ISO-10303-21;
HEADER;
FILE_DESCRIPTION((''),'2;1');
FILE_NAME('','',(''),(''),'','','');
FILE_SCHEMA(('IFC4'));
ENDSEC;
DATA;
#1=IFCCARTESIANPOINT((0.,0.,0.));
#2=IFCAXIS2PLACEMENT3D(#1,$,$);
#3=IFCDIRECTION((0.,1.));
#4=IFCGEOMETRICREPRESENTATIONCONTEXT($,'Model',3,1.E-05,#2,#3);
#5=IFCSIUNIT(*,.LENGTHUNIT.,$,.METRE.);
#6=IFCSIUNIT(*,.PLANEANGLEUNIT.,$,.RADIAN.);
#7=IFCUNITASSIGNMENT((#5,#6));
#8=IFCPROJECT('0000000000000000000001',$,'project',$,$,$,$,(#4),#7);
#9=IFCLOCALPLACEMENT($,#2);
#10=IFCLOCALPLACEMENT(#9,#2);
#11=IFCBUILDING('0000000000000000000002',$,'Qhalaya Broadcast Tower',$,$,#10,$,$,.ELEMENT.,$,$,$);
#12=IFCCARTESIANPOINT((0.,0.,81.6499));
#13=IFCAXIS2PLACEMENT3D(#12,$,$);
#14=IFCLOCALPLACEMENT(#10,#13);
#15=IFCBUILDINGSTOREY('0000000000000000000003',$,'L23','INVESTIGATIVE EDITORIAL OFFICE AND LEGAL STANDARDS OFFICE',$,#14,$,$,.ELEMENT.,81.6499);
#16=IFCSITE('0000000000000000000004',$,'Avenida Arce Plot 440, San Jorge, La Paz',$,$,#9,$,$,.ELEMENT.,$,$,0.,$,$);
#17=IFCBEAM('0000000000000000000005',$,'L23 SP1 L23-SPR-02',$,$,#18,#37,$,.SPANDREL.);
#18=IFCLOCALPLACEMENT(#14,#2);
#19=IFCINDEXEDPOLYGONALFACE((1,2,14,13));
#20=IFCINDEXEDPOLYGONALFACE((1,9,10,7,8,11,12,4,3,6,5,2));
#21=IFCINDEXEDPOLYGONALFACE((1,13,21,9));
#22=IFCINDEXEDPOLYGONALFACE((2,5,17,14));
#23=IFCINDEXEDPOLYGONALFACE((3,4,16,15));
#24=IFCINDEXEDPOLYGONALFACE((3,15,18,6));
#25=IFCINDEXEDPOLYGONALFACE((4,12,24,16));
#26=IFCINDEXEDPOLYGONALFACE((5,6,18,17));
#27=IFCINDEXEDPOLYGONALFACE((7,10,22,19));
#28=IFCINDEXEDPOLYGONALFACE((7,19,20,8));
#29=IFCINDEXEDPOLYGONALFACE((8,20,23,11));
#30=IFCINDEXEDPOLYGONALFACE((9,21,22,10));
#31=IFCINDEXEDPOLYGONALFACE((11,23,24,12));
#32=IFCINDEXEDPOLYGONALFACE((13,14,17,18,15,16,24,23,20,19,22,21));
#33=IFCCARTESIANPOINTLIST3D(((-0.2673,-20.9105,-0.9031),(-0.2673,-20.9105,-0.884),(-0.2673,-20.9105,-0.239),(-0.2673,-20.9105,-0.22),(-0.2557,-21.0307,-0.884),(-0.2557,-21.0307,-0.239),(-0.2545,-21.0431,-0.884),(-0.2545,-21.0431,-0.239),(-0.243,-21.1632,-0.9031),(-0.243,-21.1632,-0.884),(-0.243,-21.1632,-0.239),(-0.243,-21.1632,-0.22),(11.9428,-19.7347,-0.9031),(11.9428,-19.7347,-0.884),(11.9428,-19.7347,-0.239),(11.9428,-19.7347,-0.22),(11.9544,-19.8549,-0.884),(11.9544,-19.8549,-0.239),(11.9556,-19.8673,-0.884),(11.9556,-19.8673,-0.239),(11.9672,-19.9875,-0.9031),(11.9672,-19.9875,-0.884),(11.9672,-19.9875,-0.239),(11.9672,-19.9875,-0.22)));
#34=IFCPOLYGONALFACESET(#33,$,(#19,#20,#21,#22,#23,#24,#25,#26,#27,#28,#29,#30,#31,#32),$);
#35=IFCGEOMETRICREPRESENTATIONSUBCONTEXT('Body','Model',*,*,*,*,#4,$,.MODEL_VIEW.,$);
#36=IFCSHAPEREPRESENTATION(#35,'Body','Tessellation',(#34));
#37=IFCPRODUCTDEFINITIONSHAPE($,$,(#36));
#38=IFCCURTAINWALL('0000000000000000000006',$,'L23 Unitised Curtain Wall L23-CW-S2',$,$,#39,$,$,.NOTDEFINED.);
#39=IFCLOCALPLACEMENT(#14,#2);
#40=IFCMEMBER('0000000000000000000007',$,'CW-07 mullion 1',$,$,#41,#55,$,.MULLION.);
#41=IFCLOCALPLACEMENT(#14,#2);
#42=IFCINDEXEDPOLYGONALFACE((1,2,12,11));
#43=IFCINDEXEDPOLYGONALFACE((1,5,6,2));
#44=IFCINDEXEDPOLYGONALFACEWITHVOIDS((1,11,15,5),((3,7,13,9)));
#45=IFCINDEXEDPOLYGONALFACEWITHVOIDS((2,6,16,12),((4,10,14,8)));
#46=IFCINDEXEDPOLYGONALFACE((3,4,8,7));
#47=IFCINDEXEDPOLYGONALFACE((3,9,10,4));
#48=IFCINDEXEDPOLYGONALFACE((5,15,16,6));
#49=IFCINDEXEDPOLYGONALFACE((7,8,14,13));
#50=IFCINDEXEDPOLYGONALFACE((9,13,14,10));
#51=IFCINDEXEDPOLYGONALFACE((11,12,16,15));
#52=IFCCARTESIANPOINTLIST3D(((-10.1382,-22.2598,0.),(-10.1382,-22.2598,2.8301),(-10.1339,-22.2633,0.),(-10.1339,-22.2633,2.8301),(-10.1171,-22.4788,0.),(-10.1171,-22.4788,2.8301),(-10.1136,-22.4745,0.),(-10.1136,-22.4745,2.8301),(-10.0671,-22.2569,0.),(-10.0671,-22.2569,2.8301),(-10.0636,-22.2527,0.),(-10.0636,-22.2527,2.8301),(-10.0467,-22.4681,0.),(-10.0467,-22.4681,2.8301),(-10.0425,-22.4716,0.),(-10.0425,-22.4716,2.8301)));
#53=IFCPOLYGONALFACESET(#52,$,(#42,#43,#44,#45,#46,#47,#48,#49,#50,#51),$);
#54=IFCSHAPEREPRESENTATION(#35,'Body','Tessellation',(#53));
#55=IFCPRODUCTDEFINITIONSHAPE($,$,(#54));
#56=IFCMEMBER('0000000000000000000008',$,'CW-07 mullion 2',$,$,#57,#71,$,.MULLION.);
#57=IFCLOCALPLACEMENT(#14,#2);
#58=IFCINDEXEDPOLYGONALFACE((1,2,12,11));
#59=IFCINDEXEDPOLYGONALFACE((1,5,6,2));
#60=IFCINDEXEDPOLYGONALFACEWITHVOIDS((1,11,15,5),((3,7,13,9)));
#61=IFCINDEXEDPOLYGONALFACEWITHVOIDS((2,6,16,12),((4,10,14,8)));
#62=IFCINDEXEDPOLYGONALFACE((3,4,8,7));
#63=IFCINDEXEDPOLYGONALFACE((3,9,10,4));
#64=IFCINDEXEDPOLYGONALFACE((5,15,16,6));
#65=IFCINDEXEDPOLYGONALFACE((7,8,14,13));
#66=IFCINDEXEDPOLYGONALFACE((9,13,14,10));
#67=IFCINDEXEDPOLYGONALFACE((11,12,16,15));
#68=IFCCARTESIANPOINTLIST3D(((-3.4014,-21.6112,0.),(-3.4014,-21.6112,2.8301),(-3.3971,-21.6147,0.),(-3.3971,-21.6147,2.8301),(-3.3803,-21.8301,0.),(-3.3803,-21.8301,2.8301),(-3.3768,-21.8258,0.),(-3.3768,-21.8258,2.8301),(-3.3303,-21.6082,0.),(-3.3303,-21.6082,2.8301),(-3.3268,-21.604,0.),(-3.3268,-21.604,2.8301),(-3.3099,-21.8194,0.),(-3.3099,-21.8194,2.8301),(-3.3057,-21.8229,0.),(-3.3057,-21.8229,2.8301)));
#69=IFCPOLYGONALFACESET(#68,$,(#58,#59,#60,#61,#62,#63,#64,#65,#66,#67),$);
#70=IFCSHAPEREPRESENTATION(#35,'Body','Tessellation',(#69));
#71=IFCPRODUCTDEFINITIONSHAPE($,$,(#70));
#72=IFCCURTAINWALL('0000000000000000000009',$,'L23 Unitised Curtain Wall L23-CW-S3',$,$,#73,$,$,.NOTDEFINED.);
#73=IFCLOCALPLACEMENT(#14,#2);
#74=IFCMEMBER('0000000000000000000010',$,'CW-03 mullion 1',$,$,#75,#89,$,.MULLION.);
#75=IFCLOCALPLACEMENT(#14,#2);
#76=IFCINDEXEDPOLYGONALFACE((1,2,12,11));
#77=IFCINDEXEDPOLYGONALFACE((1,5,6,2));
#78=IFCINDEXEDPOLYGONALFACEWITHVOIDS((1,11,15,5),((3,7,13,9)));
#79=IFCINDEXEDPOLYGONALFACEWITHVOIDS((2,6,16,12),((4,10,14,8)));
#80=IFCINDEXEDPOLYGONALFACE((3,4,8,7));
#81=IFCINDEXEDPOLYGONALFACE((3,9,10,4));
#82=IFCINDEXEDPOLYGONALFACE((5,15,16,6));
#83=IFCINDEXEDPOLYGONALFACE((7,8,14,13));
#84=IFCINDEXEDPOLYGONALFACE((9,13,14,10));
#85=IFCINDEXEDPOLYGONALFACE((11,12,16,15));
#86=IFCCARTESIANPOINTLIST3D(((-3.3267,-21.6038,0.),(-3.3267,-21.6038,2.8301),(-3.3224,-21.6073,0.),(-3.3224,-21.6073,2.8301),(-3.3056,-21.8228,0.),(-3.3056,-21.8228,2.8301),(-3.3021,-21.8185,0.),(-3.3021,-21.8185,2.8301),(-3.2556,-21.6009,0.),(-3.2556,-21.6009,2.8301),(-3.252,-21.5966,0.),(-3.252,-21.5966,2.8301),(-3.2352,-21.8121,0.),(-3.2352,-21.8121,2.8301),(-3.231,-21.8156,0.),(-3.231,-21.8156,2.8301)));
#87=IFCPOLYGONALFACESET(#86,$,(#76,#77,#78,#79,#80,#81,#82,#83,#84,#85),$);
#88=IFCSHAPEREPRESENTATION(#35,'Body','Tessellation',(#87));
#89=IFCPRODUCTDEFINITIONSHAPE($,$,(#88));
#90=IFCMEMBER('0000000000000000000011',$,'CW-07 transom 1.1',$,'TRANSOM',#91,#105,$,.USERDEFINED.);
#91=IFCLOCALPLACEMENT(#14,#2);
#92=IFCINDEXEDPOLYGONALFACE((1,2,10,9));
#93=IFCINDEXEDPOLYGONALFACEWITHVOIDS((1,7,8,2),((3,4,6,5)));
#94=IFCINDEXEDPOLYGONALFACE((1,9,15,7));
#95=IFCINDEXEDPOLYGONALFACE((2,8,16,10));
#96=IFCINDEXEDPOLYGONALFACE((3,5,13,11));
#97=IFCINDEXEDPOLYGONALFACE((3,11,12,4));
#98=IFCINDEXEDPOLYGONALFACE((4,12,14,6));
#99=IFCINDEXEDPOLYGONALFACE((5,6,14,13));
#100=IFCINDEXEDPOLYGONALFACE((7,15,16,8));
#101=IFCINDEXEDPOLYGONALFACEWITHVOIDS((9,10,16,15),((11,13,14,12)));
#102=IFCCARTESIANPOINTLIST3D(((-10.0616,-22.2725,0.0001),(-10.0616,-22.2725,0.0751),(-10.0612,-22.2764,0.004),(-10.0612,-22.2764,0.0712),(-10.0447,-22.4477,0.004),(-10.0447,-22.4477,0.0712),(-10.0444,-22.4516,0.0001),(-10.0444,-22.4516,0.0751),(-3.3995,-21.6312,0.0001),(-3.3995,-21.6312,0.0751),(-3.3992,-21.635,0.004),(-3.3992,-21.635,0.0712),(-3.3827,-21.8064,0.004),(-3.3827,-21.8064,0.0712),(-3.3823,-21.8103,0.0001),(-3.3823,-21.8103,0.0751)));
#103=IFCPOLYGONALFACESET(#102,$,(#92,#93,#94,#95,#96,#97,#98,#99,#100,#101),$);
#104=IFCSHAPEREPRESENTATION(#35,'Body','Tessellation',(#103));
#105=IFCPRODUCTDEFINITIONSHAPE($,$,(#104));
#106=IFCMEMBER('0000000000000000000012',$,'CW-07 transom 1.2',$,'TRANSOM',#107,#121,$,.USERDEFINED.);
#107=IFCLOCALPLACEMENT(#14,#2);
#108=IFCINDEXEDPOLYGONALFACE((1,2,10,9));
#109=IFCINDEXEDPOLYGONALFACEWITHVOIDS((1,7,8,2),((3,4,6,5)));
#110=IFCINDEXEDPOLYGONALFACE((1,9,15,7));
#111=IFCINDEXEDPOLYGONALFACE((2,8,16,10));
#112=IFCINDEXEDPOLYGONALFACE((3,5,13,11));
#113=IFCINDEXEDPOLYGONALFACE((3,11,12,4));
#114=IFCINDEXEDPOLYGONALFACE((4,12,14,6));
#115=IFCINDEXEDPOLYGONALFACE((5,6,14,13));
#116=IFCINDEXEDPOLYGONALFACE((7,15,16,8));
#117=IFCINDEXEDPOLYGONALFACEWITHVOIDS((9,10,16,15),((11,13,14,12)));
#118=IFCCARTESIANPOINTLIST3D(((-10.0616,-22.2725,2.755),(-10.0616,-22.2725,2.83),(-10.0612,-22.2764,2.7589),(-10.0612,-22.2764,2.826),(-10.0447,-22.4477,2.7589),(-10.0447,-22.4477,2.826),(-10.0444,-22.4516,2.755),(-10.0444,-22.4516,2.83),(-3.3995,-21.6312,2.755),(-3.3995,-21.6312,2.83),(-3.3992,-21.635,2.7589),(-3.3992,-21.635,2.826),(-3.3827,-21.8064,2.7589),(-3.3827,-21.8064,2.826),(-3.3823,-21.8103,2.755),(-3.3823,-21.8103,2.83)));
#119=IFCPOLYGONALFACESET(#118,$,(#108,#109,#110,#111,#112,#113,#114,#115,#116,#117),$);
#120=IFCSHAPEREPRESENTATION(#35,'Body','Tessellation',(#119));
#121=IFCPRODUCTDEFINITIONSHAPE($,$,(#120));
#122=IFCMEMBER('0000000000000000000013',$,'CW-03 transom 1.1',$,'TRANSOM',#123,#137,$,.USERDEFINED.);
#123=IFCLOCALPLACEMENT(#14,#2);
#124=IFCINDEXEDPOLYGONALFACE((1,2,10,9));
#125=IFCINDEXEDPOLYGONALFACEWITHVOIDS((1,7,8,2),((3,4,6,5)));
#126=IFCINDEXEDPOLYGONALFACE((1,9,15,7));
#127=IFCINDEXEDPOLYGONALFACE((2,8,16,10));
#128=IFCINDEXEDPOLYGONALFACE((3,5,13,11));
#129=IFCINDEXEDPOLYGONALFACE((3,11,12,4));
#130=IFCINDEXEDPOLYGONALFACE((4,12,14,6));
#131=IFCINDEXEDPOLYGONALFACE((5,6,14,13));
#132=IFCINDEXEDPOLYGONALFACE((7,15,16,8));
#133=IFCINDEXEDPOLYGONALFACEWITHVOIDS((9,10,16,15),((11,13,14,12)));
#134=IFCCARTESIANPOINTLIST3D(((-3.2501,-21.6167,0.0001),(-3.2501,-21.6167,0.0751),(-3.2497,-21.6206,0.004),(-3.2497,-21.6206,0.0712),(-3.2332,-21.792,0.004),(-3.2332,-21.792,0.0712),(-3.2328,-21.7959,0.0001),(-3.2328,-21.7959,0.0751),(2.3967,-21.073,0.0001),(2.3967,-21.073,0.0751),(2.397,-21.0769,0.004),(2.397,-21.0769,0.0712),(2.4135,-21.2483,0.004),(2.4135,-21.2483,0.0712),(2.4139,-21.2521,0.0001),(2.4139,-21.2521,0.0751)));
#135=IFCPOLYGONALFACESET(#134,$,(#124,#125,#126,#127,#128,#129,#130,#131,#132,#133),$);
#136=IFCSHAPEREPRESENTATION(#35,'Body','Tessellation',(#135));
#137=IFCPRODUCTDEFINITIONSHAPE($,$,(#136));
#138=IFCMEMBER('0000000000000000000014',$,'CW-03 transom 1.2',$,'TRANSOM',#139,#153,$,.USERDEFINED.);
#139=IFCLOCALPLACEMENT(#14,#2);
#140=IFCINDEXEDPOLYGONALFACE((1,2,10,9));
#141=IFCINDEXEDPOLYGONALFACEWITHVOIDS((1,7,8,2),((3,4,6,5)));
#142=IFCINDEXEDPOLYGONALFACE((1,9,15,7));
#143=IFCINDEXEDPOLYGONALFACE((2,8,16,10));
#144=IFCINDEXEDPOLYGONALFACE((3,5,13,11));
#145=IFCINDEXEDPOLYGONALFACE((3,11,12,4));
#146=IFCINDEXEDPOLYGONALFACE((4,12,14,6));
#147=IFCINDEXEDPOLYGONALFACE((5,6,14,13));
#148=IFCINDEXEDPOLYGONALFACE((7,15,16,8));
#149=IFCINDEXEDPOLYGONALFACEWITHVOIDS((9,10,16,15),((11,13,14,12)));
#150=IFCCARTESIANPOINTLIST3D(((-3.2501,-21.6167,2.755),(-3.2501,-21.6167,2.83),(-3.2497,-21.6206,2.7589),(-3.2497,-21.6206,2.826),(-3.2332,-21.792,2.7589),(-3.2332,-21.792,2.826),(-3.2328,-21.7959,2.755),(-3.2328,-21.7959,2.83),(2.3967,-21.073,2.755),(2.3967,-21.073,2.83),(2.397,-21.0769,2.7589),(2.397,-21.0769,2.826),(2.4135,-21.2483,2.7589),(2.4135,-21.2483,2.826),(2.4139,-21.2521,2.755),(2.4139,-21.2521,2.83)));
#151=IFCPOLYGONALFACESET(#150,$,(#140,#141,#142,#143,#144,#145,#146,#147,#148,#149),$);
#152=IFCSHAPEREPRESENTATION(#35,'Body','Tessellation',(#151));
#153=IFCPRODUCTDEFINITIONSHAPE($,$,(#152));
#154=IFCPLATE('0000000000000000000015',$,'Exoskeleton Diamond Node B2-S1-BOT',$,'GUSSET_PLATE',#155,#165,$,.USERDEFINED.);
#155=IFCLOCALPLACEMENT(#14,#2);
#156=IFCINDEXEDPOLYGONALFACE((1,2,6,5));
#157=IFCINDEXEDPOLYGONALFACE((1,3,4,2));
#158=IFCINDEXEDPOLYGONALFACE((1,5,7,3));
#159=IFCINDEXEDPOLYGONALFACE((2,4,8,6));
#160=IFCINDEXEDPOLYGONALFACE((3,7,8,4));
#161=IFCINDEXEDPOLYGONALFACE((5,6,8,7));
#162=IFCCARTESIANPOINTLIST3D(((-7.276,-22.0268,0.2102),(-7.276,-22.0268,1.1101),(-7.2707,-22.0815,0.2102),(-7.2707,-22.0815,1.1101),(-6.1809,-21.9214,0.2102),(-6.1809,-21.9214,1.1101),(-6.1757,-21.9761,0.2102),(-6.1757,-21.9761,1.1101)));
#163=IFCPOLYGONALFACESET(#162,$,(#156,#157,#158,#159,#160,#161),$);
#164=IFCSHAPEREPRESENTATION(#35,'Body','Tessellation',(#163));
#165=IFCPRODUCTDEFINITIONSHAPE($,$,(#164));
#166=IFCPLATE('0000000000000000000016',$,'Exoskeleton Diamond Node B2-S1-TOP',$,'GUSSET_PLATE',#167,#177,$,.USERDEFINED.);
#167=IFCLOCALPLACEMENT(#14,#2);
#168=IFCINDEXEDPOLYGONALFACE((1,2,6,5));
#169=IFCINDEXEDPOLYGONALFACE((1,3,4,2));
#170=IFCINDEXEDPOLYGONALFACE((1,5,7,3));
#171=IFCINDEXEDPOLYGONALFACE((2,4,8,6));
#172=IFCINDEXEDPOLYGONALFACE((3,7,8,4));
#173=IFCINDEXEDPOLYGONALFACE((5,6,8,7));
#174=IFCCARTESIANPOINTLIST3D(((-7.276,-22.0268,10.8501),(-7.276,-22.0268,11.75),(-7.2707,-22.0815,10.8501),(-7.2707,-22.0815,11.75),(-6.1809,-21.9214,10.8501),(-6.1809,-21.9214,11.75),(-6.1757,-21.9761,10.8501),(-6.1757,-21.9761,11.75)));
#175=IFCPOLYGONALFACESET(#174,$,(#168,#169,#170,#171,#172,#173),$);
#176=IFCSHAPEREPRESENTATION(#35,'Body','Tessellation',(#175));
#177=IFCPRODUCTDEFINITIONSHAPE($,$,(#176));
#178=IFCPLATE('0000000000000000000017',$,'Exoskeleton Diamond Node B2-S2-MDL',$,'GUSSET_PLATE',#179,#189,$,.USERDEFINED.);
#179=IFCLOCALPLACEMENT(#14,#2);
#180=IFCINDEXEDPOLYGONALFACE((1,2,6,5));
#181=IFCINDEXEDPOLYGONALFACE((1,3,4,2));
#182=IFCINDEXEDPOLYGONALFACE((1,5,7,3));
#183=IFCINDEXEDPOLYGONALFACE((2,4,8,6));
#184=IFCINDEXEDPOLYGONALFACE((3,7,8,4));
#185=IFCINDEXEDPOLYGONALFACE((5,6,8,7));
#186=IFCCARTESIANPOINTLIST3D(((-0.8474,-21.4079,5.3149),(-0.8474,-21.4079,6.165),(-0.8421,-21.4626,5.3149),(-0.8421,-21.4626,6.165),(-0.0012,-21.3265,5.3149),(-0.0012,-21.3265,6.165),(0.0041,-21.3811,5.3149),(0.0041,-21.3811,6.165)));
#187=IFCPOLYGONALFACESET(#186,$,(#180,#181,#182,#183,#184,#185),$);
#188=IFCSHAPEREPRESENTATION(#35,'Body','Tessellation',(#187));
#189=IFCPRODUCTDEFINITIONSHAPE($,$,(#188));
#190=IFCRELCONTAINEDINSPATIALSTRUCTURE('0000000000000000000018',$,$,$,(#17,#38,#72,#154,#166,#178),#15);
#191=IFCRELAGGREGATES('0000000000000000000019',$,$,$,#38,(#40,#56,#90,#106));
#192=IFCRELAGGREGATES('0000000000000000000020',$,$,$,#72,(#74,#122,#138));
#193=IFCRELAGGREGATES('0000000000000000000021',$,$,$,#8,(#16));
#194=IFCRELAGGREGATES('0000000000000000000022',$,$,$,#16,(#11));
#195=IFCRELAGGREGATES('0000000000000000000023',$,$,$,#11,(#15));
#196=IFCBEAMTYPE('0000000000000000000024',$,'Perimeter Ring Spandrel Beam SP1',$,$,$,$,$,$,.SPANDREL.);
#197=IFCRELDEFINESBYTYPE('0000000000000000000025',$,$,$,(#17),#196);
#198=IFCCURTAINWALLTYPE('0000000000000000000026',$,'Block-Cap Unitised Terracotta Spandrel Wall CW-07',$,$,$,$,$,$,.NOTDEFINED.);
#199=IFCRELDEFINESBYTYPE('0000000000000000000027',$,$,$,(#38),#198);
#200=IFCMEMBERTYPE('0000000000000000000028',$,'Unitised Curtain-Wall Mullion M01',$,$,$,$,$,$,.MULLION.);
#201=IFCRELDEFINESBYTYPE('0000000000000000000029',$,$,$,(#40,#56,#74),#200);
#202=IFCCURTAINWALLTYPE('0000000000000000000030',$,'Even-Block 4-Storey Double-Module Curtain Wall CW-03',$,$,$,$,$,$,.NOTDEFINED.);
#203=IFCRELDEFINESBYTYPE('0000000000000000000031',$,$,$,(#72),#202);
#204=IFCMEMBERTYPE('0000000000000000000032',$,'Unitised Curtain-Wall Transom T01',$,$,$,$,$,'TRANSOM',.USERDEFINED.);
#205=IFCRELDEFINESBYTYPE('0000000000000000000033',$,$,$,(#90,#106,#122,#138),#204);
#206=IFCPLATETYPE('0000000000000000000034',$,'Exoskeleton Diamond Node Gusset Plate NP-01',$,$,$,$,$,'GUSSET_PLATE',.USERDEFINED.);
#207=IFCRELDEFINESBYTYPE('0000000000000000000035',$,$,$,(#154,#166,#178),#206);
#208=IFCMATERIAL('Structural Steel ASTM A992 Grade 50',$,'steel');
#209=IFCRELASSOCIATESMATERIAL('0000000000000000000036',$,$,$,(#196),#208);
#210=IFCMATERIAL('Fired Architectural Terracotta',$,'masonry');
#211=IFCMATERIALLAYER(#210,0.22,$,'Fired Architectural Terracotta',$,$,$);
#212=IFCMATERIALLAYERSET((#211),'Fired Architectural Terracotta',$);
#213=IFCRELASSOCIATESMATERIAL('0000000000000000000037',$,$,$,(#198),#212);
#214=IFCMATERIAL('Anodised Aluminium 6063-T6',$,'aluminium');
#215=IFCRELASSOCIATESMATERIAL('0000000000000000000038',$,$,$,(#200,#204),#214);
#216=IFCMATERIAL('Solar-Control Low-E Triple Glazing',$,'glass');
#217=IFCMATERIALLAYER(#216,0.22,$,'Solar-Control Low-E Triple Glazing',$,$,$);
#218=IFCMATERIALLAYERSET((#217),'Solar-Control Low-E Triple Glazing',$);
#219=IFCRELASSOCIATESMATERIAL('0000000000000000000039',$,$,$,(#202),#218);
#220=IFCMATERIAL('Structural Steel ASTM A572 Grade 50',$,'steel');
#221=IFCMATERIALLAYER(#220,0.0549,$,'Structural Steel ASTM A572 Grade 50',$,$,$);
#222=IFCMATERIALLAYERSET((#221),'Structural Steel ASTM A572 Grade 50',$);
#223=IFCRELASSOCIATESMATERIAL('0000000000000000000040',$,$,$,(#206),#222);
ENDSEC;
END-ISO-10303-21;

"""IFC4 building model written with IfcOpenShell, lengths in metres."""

from ifc_helpers import new_model, si_unit, direction, frame, origin, origin_2d, place, context, subcontext, project, spatial, rectangle, hollow_rectangle, i_section, extrude, material, layer, layer_set, material_profile, profile_set, type_object, element, aggregate, save


model = new_model("IFC4")

# Units and contexts
model_context = context("Model", 3, precision=1e-05, world=origin(), true_north=direction((0.0, 1.0)))
body_context = subcontext(model_context, "Body", "Model", "MODEL_VIEW")
ifc_project = project(units=[si_unit("LENGTHUNIT", "METRE"), si_unit("PLANEANGLEUNIT", "RADIAN")], contexts=[model_context])

# Site, building, storey
site_placement = place(None, origin())
site = spatial("IfcSite", under=ifc_project, at=site_placement, Name="Avenida Arce Plot 440, San Jorge, La Paz", CompositionType="ELEMENT", RefElevation=0.0)
building_placement = place(site_placement, origin())
building = spatial("IfcBuilding", under=site, at=building_placement, Name="Qhalaya Broadcast Tower", CompositionType="ELEMENT")
storey_placement = place(building_placement, frame((0.0, 0.0, 81.6499)))
storey = spatial("IfcBuildingStorey", under=building, at=storey_placement, Name="L23", Description="INVESTIGATIVE EDITORIAL OFFICE AND LEGAL STANDARDS OFFICE", CompositionType="ELEMENT", Elevation=81.6499)

# Shared definitions
ifc_material_1 = material(Name="Structural Steel ASTM A572 Grade 50", Category="steel")

# Shared definitions
ifc_material_2 = material(Name="Structural Steel ASTM A992 Grade 50", Category="steel")

# Beam
ifc_material_profile_1 = material_profile(ifc_material_2, i_section(OverallWidth=0.2539, OverallDepth=0.6831, WebThickness=0.0125, FlangeThickness=0.019, at=origin_2d()), Name="W27X94")
ifc_profile_set_1 = profile_set([ifc_material_profile_1], Name="Structural Steel ASTM A992 Grade 50")
beam_type_1 = type_object("IfcBeamType", Name="Perimeter Ring Spandrel Beam SP1", PredefinedType="SPANDREL", material=ifc_profile_set_1)
beam_1_placement = place(storey_placement, frame((-0.2551, -21.0369, -0.5615), z_axis=(0.995396, 0.095852, 0.0), x_axis=(-0.095852, 0.995396, 0.0)))
element("IfcBeam", 1, at=beam_1_placement, inside=storey, type_object=beam_type_1, Name="L23 SP1 L23-SPR-02", PredefinedType="SPANDREL", context=body_context, shape_type="SweptSolid", body=[
    extrude(i_section(OverallWidth=0.2539, OverallDepth=0.6831, WebThickness=0.0125, FlangeThickness=0.019, at=origin_2d()), origin(), (0.0, 0.0, 1.0), 12.2666),
])

# Curtain wall, members
ifc_material_3 = material(Name="Fired Architectural Terracotta", Category="masonry")
ifc_layer_1 = layer(ifc_material_3, 0.22, Name="Fired Architectural Terracotta")
ifc_layer_set_1 = layer_set([ifc_layer_1], Name="Fired Architectural Terracotta")
curtain_wall_type_1 = type_object("IfcCurtainWallType", Name="Block-Cap Unitised Terracotta Spandrel Wall CW-07", PredefinedType="NOTDEFINED", material=ifc_layer_set_1)
curtain_wall_1_placement = place(storey_placement, origin())
curtain_wall_1 = element("IfcCurtainWall", 2, at=curtain_wall_1_placement, inside=storey, type_object=curtain_wall_type_1, Name="L23 Unitised Curtain Wall L23-CW-S2", PredefinedType="NOTDEFINED")
ifc_material_4 = material(Name="Anodised Aluminium 6063-T6", Category="aluminium")
ifc_material_profile_2 = material_profile(ifc_material_4, hollow_rectangle(XDim=0.075, YDim=0.22, WallThickness=0.0039, at=origin_2d()), Name="ALU-MUL 75x220x4")
ifc_profile_set_2 = profile_set([ifc_material_profile_2], Name="Anodised Aluminium 6063-T6")
member_type_1 = type_object("IfcMemberType", Name="Unitised Curtain-Wall Mullion M01", PredefinedType="MULLION", material=ifc_profile_set_2)
member_1_placement = place(storey_placement, frame((-10.0903, -22.3657, 0.0), z_axis=(0.0, 0.0, 1.0), x_axis=(0.995396, 0.09585, 0.0)))
member_1 = element("IfcMember", 3, at=member_1_placement, type_object=member_type_1, Name="CW-07 mullion 1", PredefinedType="MULLION", context=body_context, shape_type="SweptSolid", body=[
    extrude(hollow_rectangle(XDim=0.075, YDim=0.22, WallThickness=0.0039, at=origin_2d()), origin(), (0.0, 0.0, 1.0), 2.8301),
])
member_2_placement = place(storey_placement, frame((-3.3535, -21.717, 0.0), z_axis=(0.0, 0.0, 1.0), x_axis=(0.995396, 0.09585, 0.0)))
member_2 = element("IfcMember", 4, at=member_2_placement, type_object=member_type_1, Name="CW-07 mullion 2", PredefinedType="MULLION", context=body_context, shape_type="SweptSolid", body=[
    extrude(hollow_rectangle(XDim=0.075, YDim=0.22, WallThickness=0.0039, at=origin_2d()), origin(), (0.0, 0.0, 1.0), 2.8301),
])

# Curtain wall, member
ifc_material_5 = material(Name="Solar-Control Low-E Triple Glazing", Category="glass")
ifc_layer_2 = layer(ifc_material_5, 0.22, Name="Solar-Control Low-E Triple Glazing")
ifc_layer_set_2 = layer_set([ifc_layer_2], Name="Solar-Control Low-E Triple Glazing")
curtain_wall_type_2 = type_object("IfcCurtainWallType", Name="Even-Block 4-Storey Double-Module Curtain Wall CW-03", PredefinedType="NOTDEFINED", material=ifc_layer_set_2)
curtain_wall_2_placement = place(storey_placement, origin())
curtain_wall_2 = element("IfcCurtainWall", 5, at=curtain_wall_2_placement, inside=storey, type_object=curtain_wall_type_2, Name="L23 Unitised Curtain Wall L23-CW-S3", PredefinedType="NOTDEFINED")
member_3_placement = place(storey_placement, frame((-3.2788, -21.7097, 0.0), z_axis=(0.0, 0.0, 1.0), x_axis=(0.995396, 0.095844, 0.0)))
member_3 = element("IfcMember", 6, at=member_3_placement, type_object=member_type_1, Name="CW-03 mullion 1", PredefinedType="MULLION", context=body_context, shape_type="SweptSolid", body=[
    extrude(hollow_rectangle(XDim=0.075, YDim=0.22, WallThickness=0.0039, at=origin_2d()), origin(), (0.0, 0.0, 1.0), 2.8301),
])

# Members
ifc_material_profile_3 = material_profile(ifc_material_4, hollow_rectangle(XDim=0.075, YDim=0.1799, WallThickness=0.0039, at=origin_2d()), Name="ALU-TRN 75x180x4")
ifc_profile_set_3 = profile_set([ifc_material_profile_3], Name="Anodised Aluminium 6063-T6")
member_type_2 = type_object("IfcMemberType", Name="Unitised Curtain-Wall Transom T01", ElementType="TRANSOM", PredefinedType="USERDEFINED", material=ifc_profile_set_3)
member_4_placement = place(storey_placement, frame((-10.053, -22.3621, 0.0376), z_axis=(0.995398, 0.095826, 0.0), x_axis=(0.0, 0.0, 1.0)))
member_4 = element("IfcMember", 7, at=member_4_placement, type_object=member_type_2, Name="CW-07 transom 1.1", ObjectType="TRANSOM", PredefinedType="USERDEFINED", context=body_context, shape_type="SweptSolid", body=[
    extrude(hollow_rectangle(XDim=0.075, YDim=0.1799, WallThickness=0.0039, at=origin_2d()), origin(), (0.0, 0.0, 1.0), 6.6929),
])
member_5_placement = place(storey_placement, frame((-10.053, -22.3621, 2.7925), z_axis=(0.995398, 0.095826, 0.0), x_axis=(0.0, 0.0, 1.0)))
member_5 = element("IfcMember", 8, at=member_5_placement, type_object=member_type_2, Name="CW-07 transom 1.2", ObjectType="TRANSOM", PredefinedType="USERDEFINED", context=body_context, shape_type="SweptSolid", body=[
    extrude(hollow_rectangle(XDim=0.075, YDim=0.1799, WallThickness=0.0039, at=origin_2d()), origin(), (0.0, 0.0, 1.0), 6.6929),
])
member_6_placement = place(storey_placement, frame((-3.2415, -21.7063, 0.0376), z_axis=(0.995396, 0.095843, 0.0), x_axis=(0.0, 0.0, 1.0)))
member_6 = element("IfcMember", 9, at=member_6_placement, type_object=member_type_2, Name="CW-03 transom 1.1", ObjectType="TRANSOM", PredefinedType="USERDEFINED", context=body_context, shape_type="SweptSolid", body=[
    extrude(hollow_rectangle(XDim=0.075, YDim=0.1799, WallThickness=0.0039, at=origin_2d()), origin(), (0.0, 0.0, 1.0), 5.6729),
])
member_7_placement = place(storey_placement, frame((-3.2415, -21.7063, 2.7925), z_axis=(0.995396, 0.095843, 0.0), x_axis=(0.0, 0.0, 1.0)))
member_7 = element("IfcMember", 10, at=member_7_placement, type_object=member_type_2, Name="CW-03 transom 1.2", ObjectType="TRANSOM", PredefinedType="USERDEFINED", context=body_context, shape_type="SweptSolid", body=[
    extrude(hollow_rectangle(XDim=0.075, YDim=0.1799, WallThickness=0.0039, at=origin_2d()), origin(), (0.0, 0.0, 1.0), 5.6729),
])

# Plates
ifc_layer_3 = layer(ifc_material_1, 0.0549, Name="Structural Steel ASTM A572 Grade 50")
ifc_layer_set_3 = layer_set([ifc_layer_3], Name="Structural Steel ASTM A572 Grade 50")
plate_type_1 = type_object("IfcPlateType", Name="Exoskeleton Diamond Node Gusset Plate NP-01", ElementType="GUSSET_PLATE", PredefinedType="USERDEFINED", material=ifc_layer_set_3)
for number, where, z_axis, x_axis, name in (
    (11, (-6.7258, -22.0015, 0.2102), (0.0, 0.0, 1.0), (0.995396, 0.095846, 0.0), "Exoskeleton Diamond Node B2-S1-BOT"),
    (12, (-6.7258, -22.0015, 10.8501), (0.0, 0.0, 1.0), (0.995396, 0.095846, 0.0), "Exoskeleton Diamond Node B2-S1-TOP"),
):
    element("IfcPlate", number, at=place(storey_placement, frame(where, z_axis=z_axis, x_axis=x_axis)), inside=storey, type_object=plate_type_1, Name=name, ObjectType="GUSSET_PLATE", PredefinedType="USERDEFINED", context=body_context, shape_type="SweptSolid", body=[
        extrude(rectangle(XDim=1.1001, YDim=0.0549, at=origin_2d()), origin(), (0.0, 0.0, 1.0), 0.8999),
    ])
plate_1_placement = place(storey_placement, frame((-0.4216, -21.3945, 5.3149), z_axis=(0.0, 0.0, 1.0), x_axis=(0.995396, 0.095846, 0.0)))
element("IfcPlate", 13, at=plate_1_placement, inside=storey, type_object=plate_type_1, Name="Exoskeleton Diamond Node B2-S2-MDL", ObjectType="GUSSET_PLATE", PredefinedType="USERDEFINED", context=body_context, shape_type="SweptSolid", body=[
    extrude(rectangle(XDim=0.8501, YDim=0.0549, at=origin_2d()), origin(), (0.0, 0.0, 1.0), 0.8501),
])

aggregate(curtain_wall_1, [member_1, member_2, member_4, member_5])
aggregate(curtain_wall_2, [member_3, member_6, member_7])

save(model, "model.ifc")
